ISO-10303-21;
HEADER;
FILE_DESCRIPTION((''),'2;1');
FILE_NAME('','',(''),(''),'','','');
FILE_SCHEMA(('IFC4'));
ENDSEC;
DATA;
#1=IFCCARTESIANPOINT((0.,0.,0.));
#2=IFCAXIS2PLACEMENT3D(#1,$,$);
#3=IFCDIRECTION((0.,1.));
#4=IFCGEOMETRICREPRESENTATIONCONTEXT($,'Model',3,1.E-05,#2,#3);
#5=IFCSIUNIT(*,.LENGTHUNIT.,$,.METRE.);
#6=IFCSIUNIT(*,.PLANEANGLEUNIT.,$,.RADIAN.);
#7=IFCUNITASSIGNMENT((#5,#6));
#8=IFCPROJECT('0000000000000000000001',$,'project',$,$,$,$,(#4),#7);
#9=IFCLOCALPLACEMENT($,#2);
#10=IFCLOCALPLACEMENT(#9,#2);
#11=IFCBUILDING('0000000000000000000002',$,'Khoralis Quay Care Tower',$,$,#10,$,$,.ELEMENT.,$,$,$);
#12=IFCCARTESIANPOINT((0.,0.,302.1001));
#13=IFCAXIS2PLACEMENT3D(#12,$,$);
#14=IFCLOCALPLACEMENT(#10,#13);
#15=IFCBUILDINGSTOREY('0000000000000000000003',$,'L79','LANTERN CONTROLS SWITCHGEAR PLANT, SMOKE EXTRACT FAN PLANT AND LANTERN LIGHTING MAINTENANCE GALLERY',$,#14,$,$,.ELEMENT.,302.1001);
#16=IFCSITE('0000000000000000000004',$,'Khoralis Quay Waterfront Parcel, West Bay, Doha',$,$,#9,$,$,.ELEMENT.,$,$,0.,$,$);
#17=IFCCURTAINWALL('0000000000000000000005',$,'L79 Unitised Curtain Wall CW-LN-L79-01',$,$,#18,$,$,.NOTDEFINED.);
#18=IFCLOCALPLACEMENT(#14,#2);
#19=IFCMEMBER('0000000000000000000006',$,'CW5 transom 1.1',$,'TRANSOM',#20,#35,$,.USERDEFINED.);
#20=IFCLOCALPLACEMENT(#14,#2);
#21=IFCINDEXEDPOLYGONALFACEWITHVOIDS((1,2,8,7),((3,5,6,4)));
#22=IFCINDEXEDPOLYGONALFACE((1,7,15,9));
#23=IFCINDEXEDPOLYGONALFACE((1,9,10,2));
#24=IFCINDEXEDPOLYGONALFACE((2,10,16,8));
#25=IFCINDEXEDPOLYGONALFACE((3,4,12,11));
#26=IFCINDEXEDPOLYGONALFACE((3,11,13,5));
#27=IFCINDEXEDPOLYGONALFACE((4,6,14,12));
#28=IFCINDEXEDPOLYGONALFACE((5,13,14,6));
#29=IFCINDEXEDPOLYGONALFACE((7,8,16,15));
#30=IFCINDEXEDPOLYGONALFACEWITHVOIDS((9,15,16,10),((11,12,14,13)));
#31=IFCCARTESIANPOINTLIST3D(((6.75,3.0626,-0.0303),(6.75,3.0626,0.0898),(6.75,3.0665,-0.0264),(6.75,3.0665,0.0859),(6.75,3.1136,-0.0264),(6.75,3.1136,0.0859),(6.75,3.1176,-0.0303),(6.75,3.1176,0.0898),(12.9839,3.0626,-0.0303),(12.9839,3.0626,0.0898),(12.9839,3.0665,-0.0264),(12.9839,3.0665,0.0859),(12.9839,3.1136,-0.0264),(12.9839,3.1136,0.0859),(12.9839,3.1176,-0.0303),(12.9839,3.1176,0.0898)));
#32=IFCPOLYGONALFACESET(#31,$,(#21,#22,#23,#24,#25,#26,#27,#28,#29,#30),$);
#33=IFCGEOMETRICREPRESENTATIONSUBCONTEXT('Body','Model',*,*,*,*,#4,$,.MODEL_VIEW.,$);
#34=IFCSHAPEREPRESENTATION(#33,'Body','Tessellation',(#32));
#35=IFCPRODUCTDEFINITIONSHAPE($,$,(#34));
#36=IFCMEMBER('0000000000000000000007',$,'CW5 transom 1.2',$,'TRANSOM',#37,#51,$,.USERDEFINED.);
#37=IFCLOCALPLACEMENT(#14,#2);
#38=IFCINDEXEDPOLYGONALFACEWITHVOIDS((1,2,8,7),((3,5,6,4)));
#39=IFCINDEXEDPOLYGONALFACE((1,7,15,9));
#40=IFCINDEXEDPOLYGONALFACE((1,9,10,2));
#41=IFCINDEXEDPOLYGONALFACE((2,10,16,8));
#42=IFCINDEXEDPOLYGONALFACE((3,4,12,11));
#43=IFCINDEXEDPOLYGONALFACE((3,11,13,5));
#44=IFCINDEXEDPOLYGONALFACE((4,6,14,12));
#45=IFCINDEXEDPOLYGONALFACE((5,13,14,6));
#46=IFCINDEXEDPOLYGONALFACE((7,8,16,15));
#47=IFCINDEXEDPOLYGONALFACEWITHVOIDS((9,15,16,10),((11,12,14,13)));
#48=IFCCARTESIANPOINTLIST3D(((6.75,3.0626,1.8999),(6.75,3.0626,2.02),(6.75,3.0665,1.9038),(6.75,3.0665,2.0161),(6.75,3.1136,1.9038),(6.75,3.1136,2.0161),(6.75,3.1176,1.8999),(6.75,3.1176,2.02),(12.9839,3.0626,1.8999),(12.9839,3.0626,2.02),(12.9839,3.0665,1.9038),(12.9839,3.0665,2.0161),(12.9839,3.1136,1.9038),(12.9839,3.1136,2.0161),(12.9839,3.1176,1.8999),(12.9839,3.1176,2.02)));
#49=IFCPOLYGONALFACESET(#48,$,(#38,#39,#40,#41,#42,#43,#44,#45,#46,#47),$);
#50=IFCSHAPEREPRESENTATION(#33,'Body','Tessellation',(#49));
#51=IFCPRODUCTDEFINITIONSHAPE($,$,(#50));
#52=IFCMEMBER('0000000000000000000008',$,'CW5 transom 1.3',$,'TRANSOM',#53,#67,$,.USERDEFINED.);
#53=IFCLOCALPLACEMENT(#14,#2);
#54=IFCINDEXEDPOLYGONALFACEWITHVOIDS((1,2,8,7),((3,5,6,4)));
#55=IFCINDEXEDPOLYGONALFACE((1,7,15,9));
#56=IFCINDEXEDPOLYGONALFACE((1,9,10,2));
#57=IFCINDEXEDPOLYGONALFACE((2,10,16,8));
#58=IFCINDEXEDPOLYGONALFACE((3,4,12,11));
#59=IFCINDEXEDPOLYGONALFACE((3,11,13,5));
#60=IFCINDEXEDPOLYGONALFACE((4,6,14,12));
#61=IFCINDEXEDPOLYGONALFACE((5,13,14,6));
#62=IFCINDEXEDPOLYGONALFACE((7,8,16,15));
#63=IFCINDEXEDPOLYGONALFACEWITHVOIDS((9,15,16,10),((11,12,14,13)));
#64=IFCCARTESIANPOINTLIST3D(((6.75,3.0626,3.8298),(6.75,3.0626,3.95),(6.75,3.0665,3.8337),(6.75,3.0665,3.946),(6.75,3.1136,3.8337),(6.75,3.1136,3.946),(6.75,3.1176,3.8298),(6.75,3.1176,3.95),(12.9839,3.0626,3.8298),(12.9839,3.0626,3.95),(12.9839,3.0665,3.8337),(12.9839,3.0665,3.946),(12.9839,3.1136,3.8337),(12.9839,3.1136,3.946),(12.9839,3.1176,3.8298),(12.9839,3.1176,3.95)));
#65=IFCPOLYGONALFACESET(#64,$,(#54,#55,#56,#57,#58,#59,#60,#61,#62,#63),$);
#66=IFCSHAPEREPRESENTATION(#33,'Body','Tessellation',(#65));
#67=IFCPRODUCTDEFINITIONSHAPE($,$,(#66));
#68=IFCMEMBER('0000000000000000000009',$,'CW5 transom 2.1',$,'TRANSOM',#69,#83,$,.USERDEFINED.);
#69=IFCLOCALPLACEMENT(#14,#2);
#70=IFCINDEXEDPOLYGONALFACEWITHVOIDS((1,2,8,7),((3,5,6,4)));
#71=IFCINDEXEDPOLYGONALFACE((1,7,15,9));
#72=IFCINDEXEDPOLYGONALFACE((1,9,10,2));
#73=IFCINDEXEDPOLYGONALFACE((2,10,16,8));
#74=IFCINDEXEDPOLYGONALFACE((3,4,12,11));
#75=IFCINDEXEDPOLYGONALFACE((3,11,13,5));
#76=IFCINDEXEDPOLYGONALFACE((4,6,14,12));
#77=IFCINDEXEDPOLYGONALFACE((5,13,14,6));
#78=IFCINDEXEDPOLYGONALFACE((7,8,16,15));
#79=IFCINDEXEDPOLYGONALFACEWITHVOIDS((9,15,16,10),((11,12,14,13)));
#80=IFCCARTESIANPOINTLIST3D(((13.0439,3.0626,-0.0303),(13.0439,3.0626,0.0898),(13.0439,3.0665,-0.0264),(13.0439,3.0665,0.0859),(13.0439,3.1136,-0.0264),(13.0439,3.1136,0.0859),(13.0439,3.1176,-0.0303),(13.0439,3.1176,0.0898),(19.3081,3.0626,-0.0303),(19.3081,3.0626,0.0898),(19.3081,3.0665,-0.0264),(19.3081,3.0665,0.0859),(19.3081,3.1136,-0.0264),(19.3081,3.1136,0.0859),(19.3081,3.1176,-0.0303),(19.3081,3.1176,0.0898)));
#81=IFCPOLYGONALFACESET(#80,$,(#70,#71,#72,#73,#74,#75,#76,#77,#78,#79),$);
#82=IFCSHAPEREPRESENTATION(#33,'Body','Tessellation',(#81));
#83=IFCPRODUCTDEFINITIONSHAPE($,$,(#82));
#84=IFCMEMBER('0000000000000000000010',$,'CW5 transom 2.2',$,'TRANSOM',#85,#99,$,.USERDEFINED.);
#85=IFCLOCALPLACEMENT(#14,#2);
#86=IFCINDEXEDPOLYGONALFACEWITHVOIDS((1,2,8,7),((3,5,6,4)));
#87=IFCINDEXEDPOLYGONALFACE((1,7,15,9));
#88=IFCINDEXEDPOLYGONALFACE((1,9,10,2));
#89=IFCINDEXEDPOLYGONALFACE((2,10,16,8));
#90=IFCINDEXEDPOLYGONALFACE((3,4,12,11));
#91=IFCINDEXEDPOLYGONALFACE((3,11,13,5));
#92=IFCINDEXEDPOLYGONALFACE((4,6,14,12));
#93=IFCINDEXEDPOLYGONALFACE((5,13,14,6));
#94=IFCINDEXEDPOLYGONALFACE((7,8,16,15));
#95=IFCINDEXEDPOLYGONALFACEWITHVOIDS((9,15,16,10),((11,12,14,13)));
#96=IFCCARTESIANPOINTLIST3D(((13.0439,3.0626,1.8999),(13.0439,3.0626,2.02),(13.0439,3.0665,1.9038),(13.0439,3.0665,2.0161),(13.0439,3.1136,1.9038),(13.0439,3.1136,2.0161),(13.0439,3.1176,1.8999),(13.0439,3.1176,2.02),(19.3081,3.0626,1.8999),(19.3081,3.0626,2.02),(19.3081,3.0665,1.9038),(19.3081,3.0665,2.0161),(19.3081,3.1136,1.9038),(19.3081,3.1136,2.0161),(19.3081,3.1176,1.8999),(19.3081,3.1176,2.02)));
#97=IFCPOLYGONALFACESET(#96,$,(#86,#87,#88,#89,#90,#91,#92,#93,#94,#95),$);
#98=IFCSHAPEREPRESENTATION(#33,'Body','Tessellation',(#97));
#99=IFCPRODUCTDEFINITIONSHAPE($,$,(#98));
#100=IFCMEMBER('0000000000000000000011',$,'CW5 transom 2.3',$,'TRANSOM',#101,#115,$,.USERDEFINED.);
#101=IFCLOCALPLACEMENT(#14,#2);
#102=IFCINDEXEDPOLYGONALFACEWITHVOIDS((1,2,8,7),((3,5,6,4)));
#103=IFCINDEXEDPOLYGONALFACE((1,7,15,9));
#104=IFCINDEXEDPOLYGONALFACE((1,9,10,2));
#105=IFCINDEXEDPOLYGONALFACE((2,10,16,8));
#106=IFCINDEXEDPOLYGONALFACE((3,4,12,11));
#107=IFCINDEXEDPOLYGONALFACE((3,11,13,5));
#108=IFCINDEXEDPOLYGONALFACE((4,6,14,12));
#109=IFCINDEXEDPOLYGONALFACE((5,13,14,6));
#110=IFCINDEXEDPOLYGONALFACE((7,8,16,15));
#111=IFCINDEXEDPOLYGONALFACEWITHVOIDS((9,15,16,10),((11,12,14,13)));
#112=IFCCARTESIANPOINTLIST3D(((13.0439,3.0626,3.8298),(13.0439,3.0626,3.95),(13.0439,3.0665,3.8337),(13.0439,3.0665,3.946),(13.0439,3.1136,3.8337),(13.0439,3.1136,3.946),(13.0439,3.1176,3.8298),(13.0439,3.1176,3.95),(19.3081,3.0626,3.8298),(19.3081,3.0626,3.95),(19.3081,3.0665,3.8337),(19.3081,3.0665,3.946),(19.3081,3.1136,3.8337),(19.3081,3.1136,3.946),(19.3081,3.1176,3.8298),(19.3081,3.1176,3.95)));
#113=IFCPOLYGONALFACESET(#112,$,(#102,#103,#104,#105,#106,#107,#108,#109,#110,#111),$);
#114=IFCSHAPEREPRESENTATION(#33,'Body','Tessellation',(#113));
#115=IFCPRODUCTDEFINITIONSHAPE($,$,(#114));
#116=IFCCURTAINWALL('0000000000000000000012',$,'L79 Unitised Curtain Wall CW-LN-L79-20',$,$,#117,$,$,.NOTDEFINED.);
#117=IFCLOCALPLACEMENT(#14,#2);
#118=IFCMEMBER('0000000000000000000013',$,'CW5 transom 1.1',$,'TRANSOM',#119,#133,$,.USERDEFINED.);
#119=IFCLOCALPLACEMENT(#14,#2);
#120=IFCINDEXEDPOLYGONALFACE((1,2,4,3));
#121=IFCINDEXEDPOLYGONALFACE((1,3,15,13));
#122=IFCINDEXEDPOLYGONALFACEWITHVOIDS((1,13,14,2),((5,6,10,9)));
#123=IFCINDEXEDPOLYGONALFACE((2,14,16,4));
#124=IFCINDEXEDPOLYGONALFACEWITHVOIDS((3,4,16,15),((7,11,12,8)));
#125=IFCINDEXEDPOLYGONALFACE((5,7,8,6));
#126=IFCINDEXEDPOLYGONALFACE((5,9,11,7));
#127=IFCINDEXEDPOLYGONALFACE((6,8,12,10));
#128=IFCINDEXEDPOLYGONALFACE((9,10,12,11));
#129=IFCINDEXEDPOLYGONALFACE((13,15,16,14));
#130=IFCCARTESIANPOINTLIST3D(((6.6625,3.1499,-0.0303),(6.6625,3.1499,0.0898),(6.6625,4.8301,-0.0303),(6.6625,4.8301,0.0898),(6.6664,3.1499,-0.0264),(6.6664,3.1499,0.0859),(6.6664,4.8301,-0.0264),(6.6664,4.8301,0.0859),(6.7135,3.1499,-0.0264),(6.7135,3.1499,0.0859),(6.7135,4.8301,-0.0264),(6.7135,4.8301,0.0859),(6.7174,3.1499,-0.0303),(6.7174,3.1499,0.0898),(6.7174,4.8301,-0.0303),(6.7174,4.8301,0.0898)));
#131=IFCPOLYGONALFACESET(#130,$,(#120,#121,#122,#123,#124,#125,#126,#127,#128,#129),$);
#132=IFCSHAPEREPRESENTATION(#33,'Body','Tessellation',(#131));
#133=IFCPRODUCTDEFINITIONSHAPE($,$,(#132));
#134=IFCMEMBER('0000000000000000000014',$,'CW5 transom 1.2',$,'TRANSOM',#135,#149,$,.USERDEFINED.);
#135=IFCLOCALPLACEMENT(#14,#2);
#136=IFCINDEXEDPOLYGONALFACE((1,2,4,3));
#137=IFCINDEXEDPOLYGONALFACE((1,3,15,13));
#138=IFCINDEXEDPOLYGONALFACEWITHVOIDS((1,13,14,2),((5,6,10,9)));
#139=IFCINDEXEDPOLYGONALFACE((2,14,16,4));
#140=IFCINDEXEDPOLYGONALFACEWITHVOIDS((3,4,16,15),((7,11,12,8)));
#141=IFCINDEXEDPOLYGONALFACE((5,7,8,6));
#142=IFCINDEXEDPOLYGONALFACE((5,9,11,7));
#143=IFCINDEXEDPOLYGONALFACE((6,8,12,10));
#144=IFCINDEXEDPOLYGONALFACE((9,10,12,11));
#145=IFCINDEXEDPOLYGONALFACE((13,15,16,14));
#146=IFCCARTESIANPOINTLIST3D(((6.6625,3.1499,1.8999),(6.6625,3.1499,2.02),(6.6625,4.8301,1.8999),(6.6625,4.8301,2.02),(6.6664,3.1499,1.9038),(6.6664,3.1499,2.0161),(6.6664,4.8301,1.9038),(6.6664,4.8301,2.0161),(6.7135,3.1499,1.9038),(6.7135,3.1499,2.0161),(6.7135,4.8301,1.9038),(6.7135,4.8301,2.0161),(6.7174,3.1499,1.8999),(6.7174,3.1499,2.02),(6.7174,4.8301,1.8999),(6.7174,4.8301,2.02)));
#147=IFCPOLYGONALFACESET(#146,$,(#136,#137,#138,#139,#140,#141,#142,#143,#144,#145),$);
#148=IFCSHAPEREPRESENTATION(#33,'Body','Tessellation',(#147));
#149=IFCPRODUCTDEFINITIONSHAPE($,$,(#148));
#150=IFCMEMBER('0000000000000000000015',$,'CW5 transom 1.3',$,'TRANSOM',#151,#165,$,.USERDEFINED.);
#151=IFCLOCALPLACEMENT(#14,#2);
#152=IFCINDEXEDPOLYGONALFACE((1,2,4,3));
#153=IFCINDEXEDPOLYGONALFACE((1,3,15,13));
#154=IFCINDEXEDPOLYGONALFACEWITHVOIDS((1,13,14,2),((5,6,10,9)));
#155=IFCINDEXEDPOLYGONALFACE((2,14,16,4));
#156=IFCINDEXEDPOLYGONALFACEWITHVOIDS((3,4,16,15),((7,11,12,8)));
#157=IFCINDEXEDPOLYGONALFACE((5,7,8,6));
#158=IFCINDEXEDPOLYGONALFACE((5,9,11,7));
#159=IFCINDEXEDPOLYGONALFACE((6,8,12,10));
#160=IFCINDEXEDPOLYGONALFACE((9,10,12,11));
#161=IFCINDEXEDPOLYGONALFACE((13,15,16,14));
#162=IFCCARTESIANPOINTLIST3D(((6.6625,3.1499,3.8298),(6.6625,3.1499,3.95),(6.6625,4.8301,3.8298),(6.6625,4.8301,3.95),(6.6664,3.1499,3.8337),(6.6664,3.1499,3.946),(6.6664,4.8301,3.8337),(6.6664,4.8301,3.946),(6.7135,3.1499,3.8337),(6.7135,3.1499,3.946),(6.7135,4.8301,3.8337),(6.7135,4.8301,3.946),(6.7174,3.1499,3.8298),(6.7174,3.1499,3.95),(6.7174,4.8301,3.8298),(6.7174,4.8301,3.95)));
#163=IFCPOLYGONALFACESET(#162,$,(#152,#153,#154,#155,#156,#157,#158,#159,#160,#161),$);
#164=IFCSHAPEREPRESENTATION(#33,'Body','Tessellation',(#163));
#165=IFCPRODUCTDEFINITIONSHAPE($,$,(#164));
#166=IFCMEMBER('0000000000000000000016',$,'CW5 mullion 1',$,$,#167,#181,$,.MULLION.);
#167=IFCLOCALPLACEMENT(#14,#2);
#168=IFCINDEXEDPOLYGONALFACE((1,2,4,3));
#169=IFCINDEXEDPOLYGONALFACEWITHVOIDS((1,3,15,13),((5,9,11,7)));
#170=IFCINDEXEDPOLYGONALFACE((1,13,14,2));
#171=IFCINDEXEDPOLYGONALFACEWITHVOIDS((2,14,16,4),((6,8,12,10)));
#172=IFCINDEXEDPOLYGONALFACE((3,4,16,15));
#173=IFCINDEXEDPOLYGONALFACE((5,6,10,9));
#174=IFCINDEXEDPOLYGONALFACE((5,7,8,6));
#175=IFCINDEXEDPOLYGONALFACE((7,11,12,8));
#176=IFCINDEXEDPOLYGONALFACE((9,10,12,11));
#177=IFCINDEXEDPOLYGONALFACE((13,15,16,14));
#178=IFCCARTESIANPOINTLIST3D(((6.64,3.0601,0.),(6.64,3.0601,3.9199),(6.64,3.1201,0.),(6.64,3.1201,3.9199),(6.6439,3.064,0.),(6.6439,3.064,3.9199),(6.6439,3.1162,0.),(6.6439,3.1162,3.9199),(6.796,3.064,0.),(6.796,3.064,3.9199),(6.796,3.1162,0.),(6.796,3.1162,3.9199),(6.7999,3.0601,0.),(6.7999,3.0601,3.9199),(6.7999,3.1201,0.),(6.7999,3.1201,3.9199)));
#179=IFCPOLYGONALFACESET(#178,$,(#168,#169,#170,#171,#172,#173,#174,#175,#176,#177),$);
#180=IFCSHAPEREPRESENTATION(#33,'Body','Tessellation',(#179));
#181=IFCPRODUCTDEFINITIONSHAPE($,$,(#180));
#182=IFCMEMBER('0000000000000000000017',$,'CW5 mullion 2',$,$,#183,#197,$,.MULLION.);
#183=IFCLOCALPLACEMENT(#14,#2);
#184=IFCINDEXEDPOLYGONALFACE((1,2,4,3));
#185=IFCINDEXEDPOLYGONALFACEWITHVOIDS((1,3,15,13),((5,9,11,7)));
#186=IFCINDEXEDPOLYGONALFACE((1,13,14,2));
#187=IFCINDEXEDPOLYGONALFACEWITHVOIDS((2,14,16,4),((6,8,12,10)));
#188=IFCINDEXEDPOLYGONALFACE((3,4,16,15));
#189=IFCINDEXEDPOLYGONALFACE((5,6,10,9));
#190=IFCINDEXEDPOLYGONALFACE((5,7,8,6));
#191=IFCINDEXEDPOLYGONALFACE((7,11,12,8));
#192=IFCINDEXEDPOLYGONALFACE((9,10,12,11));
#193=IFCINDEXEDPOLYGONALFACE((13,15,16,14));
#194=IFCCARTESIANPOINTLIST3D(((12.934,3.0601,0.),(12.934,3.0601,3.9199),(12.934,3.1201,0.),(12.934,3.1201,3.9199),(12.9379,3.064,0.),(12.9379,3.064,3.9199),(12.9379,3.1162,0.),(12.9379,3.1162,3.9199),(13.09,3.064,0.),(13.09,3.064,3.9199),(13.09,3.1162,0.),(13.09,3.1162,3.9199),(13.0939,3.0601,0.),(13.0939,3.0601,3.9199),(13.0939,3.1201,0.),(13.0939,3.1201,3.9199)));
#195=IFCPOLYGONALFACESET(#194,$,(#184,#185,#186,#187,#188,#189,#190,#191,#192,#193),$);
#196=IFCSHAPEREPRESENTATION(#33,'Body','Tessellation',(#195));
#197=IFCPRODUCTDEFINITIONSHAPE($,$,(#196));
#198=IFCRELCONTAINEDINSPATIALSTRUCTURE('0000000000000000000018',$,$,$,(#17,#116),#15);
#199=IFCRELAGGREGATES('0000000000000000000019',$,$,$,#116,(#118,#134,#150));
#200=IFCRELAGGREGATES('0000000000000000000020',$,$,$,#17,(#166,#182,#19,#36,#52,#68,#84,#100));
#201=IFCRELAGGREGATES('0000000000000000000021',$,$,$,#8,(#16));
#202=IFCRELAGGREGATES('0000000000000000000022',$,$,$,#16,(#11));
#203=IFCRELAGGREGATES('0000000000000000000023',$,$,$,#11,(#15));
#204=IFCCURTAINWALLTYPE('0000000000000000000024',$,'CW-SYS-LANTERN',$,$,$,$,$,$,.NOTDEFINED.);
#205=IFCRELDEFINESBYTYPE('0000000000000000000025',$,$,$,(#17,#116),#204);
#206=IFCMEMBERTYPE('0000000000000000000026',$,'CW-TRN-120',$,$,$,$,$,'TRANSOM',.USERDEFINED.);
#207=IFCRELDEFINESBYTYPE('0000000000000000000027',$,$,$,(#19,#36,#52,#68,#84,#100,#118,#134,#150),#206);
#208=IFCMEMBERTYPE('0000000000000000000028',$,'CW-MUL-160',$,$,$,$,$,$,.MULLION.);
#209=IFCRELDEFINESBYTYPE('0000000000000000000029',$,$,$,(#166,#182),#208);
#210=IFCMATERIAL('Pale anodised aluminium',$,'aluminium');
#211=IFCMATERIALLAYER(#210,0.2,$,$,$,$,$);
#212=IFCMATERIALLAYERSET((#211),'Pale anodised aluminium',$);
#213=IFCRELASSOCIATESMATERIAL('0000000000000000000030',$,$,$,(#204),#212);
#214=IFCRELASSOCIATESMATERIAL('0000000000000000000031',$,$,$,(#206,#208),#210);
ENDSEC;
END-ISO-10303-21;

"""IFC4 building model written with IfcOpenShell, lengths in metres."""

from ifc_helpers import new_model, si_unit, direction, frame, origin, origin_2d, place, context, subcontext, project, spatial, hollow_rectangle, extrude, source, transform, mapped, material, layer, layer_set, material_profile, profile_set, type_object, element, aggregate, save


model = new_model("IFC4")

# Units and contexts
model_context = context("Model", 3, precision=1e-05, world=origin(), true_north=direction((0.0, 1.0)))
body_context = subcontext(model_context, "Body", "Model", "MODEL_VIEW")
ifc_project = project(units=[si_unit("LENGTHUNIT", "METRE"), si_unit("PLANEANGLEUNIT", "RADIAN")], contexts=[model_context])

# Site, building, storey
site_placement = place(None, origin())
site = spatial("IfcSite", under=ifc_project, at=site_placement, Name="Khoralis Quay Waterfront Parcel, West Bay, Doha", CompositionType="ELEMENT", RefElevation=0.0)
building_placement = place(site_placement, origin())
building = spatial("IfcBuilding", under=site, at=building_placement, Name="Khoralis Quay Care Tower", CompositionType="ELEMENT")
storey_placement = place(building_placement, frame((0.0, 0.0, 302.1001)))
storey = spatial("IfcBuildingStorey", under=building, at=storey_placement, Name="L79", Description="LANTERN CONTROLS SWITCHGEAR PLANT, SMOKE EXTRACT FAN PLANT AND LANTERN LIGHTING MAINTENANCE GALLERY", CompositionType="ELEMENT", Elevation=302.1001)

# Curtain walls, members
ifc_material_1 = material(Name="Pale anodised aluminium", Category="aluminium")
ifc_layer_1 = layer(ifc_material_1, 0.2)
ifc_layer_set_1 = layer_set([ifc_layer_1], Name="Pale anodised aluminium")
curtain_wall_type = type_object("IfcCurtainWallType", Name="CW-SYS-LANTERN", PredefinedType="NOTDEFINED", material=ifc_layer_set_1)
curtain_wall_1_placement = place(storey_placement, origin())
curtain_wall_1 = element("IfcCurtainWall", 1, at=curtain_wall_1_placement, inside=storey, type_object=curtain_wall_type, Name="L79 Unitised Curtain Wall CW-LN-L79-01", PredefinedType="NOTDEFINED")
ifc_material_profile_1 = material_profile(ifc_material_1, hollow_rectangle(XDim=0.0549, YDim=0.1201, WallThickness=0.0039, at=origin_2d()), Name="Pale anodised aluminium")
ifc_profile_set_1 = profile_set([ifc_material_profile_1], Name="Pale anodised aluminium")
member_type_1 = type_object("IfcMemberType", Name="CW-TRN-120", ElementType="TRANSOM", PredefinedType="USERDEFINED", material=ifc_profile_set_1)
shared_shape_1 = source(origin(), body_context, "Body", "SweptSolid", [
    extrude(hollow_rectangle(XDim=0.0549, YDim=0.1201, WallThickness=0.0039, at=origin_2d()), origin(), (0.0, 0.0, 1.0), 6.2339),
])
member_1_placement = place(storey_placement, frame((6.75, 3.0901, 0.0298), z_axis=(1.0, 0.0, 0.0), x_axis=(0.0, 1.0, 0.0)))
member_1 = element("IfcMember", 2, at=member_1_placement, type_object=member_type_1, Name="CW5 transom 1.1", ObjectType="TRANSOM", PredefinedType="USERDEFINED", context=body_context, shape_type="MappedRepresentation", body=[
    mapped(shared_shape_1, transform((0.0, 0.0, 0.0), scale=1.0)),
])
member_2_placement = place(storey_placement, frame((6.75, 3.0901, 1.96), z_axis=(1.0, 0.0, 0.0), x_axis=(0.0, 1.0, 0.0)))
member_2 = element("IfcMember", 3, at=member_2_placement, type_object=member_type_1, Name="CW5 transom 1.2", ObjectType="TRANSOM", PredefinedType="USERDEFINED", context=body_context, shape_type="MappedRepresentation", body=[
    mapped(shared_shape_1, transform((0.0, 0.0, 0.0), scale=1.0)),
])
member_3_placement = place(storey_placement, frame((6.75, 3.0901, 3.8899), z_axis=(1.0, 0.0, 0.0), x_axis=(0.0, 1.0, 0.0)))
member_3 = element("IfcMember", 4, at=member_3_placement, type_object=member_type_1, Name="CW5 transom 1.3", ObjectType="TRANSOM", PredefinedType="USERDEFINED", context=body_context, shape_type="MappedRepresentation", body=[
    mapped(shared_shape_1, transform((0.0, 0.0, 0.0), scale=1.0)),
])
shared_shape_2 = source(origin(), body_context, "Body", "SweptSolid", [
    extrude(hollow_rectangle(XDim=0.0549, YDim=0.1201, WallThickness=0.0039, at=origin_2d()), origin(), (0.0, 0.0, 1.0), 6.2642),
])
member_4_placement = place(storey_placement, frame((13.0439, 3.0901, 0.0298), z_axis=(1.0, 0.0, 0.0), x_axis=(0.0, 1.0, 0.0)))
member_4 = element("IfcMember", 5, at=member_4_placement, type_object=member_type_1, Name="CW5 transom 2.1", ObjectType="TRANSOM", PredefinedType="USERDEFINED", context=body_context, shape_type="MappedRepresentation", body=[
    mapped(shared_shape_2, transform((0.0, 0.0, 0.0), scale=1.0)),
])
member_5_placement = place(storey_placement, frame((13.0439, 3.0901, 1.96), z_axis=(1.0, 0.0, 0.0), x_axis=(0.0, 1.0, 0.0)))
member_5 = element("IfcMember", 6, at=member_5_placement, type_object=member_type_1, Name="CW5 transom 2.2", ObjectType="TRANSOM", PredefinedType="USERDEFINED", context=body_context, shape_type="MappedRepresentation", body=[
    mapped(shared_shape_2, transform((0.0, 0.0, 0.0), scale=1.0)),
])
member_6_placement = place(storey_placement, frame((13.0439, 3.0901, 3.8899), z_axis=(1.0, 0.0, 0.0), x_axis=(0.0, 1.0, 0.0)))
member_6 = element("IfcMember", 7, at=member_6_placement, type_object=member_type_1, Name="CW5 transom 2.3", ObjectType="TRANSOM", PredefinedType="USERDEFINED", context=body_context, shape_type="MappedRepresentation", body=[
    mapped(shared_shape_2, transform((0.0, 0.0, 0.0), scale=1.0)),
])
curtain_wall_2_placement = place(storey_placement, origin())
curtain_wall_2 = element("IfcCurtainWall", 8, at=curtain_wall_2_placement, inside=storey, type_object=curtain_wall_type, Name="L79 Unitised Curtain Wall CW-LN-L79-20", PredefinedType="NOTDEFINED")
shared_shape_3 = source(origin(), body_context, "Body", "SweptSolid", [
    extrude(hollow_rectangle(XDim=0.0549, YDim=0.1201, WallThickness=0.0039, at=origin_2d()), origin(), (0.0, 0.0, 1.0), 1.6802),
])
member_7_placement = place(storey_placement, frame((6.6899, 4.8301, 0.0298), z_axis=(0.0, -1.0, 0.0), x_axis=(1.0, 0.0, 0.0)))
member_7 = element("IfcMember", 9, at=member_7_placement, type_object=member_type_1, Name="CW5 transom 1.1", ObjectType="TRANSOM", PredefinedType="USERDEFINED", context=body_context, shape_type="MappedRepresentation", body=[
    mapped(shared_shape_3, transform((0.0, 0.0, 0.0), scale=1.0)),
])
member_8_placement = place(storey_placement, frame((6.6899, 4.8301, 1.96), z_axis=(0.0, -1.0, 0.0), x_axis=(1.0, 0.0, 0.0)))
member_8 = element("IfcMember", 10, at=member_8_placement, type_object=member_type_1, Name="CW5 transom 1.2", ObjectType="TRANSOM", PredefinedType="USERDEFINED", context=body_context, shape_type="MappedRepresentation", body=[
    mapped(shared_shape_3, transform((0.0, 0.0, 0.0), scale=1.0)),
])
member_9_placement = place(storey_placement, frame((6.6899, 4.8301, 3.8899), z_axis=(0.0, -1.0, 0.0), x_axis=(1.0, 0.0, 0.0)))
member_9 = element("IfcMember", 11, at=member_9_placement, type_object=member_type_1, Name="CW5 transom 1.3", ObjectType="TRANSOM", PredefinedType="USERDEFINED", context=body_context, shape_type="MappedRepresentation", body=[
    mapped(shared_shape_3, transform((0.0, 0.0, 0.0), scale=1.0)),
])

# Members
ifc_material_profile_2 = material_profile(ifc_material_1, hollow_rectangle(XDim=0.0601, YDim=0.1599, WallThickness=0.0039, at=origin_2d()), Name="Pale anodised aluminium")
ifc_profile_set_2 = profile_set([ifc_material_profile_2], Name="Pale anodised aluminium")
member_type_2 = type_object("IfcMemberType", Name="CW-MUL-160", PredefinedType="MULLION", material=ifc_profile_set_2)
shared_shape_4 = source(origin(), body_context, "Body", "SweptSolid", [
    extrude(hollow_rectangle(XDim=0.0601, YDim=0.1599, WallThickness=0.0039, at=origin_2d()), origin(), (0.0, 0.0, 1.0), 3.9199),
])
member_10_placement = place(storey_placement, frame((6.72, 3.0901, 0.0), z_axis=(0.0, 0.0, 1.0), x_axis=(0.0, 1.0, 0.0)))
member_10 = element("IfcMember", 12, at=member_10_placement, type_object=member_type_2, Name="CW5 mullion 1", PredefinedType="MULLION", context=body_context, shape_type="MappedRepresentation", body=[
    mapped(shared_shape_4, transform((0.0, 0.0, 0.0), scale=1.0)),
])
member_11_placement = place(storey_placement, frame((13.0139, 3.0901, 0.0), z_axis=(0.0, 0.0, 1.0), x_axis=(0.0, 1.0, 0.0)))
member_11 = element("IfcMember", 13, at=member_11_placement, type_object=member_type_2, Name="CW5 mullion 2", PredefinedType="MULLION", context=body_context, shape_type="MappedRepresentation", body=[
    mapped(shared_shape_4, transform((0.0, 0.0, 0.0), scale=1.0)),
])
aggregate(curtain_wall_2, [member_7, member_8, member_9])

aggregate(curtain_wall_1, [member_10, member_11, member_1, member_2, member_3, member_4, member_5, member_6])

save(model, "model.ifc")
